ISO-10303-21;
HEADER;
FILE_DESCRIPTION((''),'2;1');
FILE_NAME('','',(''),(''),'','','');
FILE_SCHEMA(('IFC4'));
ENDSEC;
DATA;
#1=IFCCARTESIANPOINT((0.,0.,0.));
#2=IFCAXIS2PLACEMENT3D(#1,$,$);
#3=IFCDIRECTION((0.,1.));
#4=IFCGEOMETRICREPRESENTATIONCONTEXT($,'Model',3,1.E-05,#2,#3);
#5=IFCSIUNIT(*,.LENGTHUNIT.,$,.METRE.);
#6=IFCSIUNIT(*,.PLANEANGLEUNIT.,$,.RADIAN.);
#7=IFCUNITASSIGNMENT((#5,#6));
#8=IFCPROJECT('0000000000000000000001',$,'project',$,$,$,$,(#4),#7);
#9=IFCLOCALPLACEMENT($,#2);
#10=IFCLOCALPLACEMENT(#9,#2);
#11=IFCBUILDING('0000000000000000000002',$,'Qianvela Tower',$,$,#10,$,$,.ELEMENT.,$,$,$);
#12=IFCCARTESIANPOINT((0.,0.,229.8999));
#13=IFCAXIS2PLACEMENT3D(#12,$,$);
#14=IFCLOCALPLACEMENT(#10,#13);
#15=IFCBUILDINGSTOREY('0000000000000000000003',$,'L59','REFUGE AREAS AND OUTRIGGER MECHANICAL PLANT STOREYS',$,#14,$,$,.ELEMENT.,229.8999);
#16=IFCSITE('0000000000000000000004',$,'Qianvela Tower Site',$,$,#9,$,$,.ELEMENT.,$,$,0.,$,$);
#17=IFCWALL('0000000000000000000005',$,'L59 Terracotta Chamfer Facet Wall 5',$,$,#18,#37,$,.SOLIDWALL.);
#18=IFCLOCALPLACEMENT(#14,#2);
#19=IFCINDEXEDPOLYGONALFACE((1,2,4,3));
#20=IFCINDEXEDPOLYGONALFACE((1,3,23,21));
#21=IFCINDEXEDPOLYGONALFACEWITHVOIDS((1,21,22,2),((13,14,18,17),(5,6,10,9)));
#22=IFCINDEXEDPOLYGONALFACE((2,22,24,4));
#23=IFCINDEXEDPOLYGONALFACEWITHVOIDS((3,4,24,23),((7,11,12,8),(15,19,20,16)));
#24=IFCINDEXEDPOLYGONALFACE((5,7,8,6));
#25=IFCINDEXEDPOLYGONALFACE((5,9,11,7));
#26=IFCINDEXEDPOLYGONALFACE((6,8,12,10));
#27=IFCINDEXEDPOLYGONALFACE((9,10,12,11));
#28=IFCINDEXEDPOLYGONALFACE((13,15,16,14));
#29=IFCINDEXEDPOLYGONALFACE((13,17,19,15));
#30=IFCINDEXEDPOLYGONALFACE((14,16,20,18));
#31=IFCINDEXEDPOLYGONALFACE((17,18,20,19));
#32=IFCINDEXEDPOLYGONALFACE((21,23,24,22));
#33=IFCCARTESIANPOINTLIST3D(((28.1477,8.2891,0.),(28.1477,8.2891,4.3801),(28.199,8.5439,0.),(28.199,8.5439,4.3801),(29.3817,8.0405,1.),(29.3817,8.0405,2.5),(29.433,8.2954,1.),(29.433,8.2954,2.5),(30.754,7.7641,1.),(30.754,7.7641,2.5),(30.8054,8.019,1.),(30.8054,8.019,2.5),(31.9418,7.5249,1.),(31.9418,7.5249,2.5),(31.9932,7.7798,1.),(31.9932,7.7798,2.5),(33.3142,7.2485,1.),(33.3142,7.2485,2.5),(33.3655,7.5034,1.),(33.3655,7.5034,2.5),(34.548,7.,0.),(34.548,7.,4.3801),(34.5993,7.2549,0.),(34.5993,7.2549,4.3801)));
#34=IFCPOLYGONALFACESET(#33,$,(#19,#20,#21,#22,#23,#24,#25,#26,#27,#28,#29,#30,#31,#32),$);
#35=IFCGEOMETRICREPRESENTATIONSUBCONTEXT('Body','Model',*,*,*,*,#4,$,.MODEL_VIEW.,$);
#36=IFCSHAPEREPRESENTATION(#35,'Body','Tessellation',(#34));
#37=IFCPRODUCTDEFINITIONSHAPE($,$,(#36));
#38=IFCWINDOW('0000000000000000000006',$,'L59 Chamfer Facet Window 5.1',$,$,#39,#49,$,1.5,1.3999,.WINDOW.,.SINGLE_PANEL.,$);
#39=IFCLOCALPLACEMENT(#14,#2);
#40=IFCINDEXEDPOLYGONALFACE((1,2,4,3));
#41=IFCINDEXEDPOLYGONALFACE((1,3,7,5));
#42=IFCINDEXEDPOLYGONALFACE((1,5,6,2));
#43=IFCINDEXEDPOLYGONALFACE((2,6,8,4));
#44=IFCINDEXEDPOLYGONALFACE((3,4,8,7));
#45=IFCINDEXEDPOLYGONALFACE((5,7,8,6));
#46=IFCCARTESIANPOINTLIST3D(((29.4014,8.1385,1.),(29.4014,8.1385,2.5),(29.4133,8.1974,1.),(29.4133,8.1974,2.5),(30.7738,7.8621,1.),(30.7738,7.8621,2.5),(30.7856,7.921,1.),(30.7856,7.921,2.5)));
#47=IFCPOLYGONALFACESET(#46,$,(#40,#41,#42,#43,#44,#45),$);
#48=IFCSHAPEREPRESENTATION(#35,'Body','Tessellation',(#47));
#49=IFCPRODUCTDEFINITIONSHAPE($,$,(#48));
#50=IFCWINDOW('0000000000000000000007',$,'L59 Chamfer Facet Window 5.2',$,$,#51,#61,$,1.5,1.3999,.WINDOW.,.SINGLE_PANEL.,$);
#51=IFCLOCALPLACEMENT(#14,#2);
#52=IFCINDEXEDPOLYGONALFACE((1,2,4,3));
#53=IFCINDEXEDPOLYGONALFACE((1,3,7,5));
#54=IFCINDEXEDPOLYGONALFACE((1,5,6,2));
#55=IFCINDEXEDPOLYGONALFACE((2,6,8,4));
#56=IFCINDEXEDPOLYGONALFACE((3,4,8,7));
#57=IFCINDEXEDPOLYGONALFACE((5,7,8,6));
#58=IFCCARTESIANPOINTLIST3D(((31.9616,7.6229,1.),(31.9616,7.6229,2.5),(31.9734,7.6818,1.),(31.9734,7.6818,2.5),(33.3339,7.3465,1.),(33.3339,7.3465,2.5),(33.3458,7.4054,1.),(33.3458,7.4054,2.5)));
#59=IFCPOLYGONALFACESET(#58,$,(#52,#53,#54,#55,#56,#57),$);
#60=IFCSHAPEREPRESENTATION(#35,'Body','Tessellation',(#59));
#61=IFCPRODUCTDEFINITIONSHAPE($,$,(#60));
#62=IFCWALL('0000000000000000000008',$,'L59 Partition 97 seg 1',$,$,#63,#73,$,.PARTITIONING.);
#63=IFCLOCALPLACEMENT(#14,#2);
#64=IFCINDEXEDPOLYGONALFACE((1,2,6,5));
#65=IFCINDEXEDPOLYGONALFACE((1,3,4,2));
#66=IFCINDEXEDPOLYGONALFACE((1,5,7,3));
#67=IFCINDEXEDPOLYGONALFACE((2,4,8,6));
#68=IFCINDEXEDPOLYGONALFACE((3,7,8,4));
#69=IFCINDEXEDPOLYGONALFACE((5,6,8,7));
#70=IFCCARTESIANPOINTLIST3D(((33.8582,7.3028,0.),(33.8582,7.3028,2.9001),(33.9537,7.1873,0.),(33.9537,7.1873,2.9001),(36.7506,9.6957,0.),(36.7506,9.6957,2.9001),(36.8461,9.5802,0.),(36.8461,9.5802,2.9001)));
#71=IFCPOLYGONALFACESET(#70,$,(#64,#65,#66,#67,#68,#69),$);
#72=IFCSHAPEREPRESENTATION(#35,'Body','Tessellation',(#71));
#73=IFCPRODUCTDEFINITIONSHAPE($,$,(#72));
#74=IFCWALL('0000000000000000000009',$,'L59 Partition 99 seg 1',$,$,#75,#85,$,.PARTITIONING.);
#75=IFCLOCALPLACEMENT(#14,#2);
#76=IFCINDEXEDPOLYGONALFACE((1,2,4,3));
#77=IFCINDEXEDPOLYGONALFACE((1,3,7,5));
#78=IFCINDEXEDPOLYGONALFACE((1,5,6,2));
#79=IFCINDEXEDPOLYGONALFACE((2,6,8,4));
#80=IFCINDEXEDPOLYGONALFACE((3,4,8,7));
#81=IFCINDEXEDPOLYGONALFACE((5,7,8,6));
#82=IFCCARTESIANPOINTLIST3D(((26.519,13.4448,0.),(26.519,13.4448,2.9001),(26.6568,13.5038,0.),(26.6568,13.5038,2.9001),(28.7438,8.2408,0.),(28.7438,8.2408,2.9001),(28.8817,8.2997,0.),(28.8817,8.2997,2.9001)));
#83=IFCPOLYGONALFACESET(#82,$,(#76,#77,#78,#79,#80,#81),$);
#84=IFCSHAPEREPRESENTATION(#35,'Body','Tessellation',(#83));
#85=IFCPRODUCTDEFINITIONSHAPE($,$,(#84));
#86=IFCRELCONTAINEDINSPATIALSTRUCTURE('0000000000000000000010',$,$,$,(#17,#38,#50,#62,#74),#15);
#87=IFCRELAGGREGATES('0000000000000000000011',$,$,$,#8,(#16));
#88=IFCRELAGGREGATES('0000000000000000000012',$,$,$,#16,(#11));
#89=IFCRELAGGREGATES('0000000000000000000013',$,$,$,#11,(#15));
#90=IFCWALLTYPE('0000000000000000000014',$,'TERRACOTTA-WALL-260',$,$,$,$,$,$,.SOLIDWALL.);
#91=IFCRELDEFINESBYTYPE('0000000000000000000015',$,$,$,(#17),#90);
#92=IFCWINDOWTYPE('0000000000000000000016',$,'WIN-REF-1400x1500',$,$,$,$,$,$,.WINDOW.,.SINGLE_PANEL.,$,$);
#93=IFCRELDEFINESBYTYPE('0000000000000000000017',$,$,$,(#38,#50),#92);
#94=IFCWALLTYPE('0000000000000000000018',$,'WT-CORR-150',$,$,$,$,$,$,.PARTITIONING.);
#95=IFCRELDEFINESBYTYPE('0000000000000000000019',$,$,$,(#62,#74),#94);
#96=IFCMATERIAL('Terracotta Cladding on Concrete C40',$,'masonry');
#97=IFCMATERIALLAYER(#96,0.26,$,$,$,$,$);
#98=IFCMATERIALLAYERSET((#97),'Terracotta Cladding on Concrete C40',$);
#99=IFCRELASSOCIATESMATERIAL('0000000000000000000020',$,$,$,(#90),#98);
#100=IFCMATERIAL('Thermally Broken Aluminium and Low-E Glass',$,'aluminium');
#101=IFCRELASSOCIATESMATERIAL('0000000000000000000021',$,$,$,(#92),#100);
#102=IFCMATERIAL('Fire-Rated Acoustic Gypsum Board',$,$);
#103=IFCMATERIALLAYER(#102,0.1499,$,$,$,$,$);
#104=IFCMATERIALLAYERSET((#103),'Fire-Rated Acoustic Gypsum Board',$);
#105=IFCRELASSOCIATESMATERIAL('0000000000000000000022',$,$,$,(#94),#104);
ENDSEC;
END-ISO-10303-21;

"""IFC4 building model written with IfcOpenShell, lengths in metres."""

from ifc_helpers import new_model, si_unit, direction, frame, frame_2d, origin, place, context, subcontext, project, spatial, rectangle, extrude, material, layer, layer_set, type_object, element, fill, save


model = new_model("IFC4")

# Units and contexts
model_context = context("Model", 3, precision=1e-05, world=origin(), true_north=direction((0.0, 1.0)))
body_context = subcontext(model_context, "Body", "Model", "MODEL_VIEW")
ifc_project = project(units=[si_unit("LENGTHUNIT", "METRE"), si_unit("PLANEANGLEUNIT", "RADIAN")], contexts=[model_context])

# Site, building, storey
site_placement = place(None, origin())
site = spatial("IfcSite", under=ifc_project, at=site_placement, Name="Qianvela Tower Site", CompositionType="ELEMENT", RefElevation=0.0)
building_placement = place(site_placement, origin())
building = spatial("IfcBuilding", under=site, at=building_placement, Name="Qianvela Tower", CompositionType="ELEMENT")
storey_placement = place(building_placement, frame((0.0, 0.0, 229.8999)))
storey = spatial("IfcBuildingStorey", under=building, at=storey_placement, Name="L59", Description="REFUGE AREAS AND OUTRIGGER MECHANICAL PLANT STOREYS", CompositionType="ELEMENT", Elevation=229.8999)

# Wall, openings, windows
ifc_material_1 = material(Name="Terracotta Cladding on Concrete C40", Category="masonry")
ifc_layer_1 = layer(ifc_material_1, 0.26)
ifc_layer_set_1 = layer_set([ifc_layer_1], Name="Terracotta Cladding on Concrete C40")
wall_type_1 = type_object("IfcWallType", Name="TERRACOTTA-WALL-260", PredefinedType="SOLIDWALL", material=ifc_layer_set_1)
wall_1_placement = place(storey_placement, frame((28.1733, 8.4165, 0.0), z_axis=(0.0, 0.0, 1.0), x_axis=(0.980315, -0.197439, 0.0)))
wall_1 = element("IfcWall", 1, at=wall_1_placement, inside=storey, type_object=wall_type_1, Name="L59 Terracotta Chamfer Facet Wall 5", PredefinedType="SOLIDWALL", context=body_context, shape_type="SweptSolid", body=[
    extrude(rectangle(XDim=6.5288, YDim=0.26, at=frame_2d((3.2644, 0.0))), origin(), (0.0, 0.0, 1.0), 4.3801),
])
opening_1_placement = place(wall_1_placement, frame((1.2588, 0.0, 1.0)))
opening_1 = element("IfcOpeningElement", 2, at=opening_1_placement, cuts=wall_1, PredefinedType="OPENING", context=body_context, shape_type="SweptSolid", body=[
    extrude(rectangle(XDim=1.3999, YDim=1.5, at=frame_2d((0.7, 0.75))), frame((0.0, 0.1399, 0.0), z_axis=(0.0, -1.0, 0.0), x_axis=(1.0, 0.0, 0.0)), (0.0, 0.0, 1.0), 0.28),
])
opening_2_placement = place(wall_1_placement, frame((3.8704, 0.0, 1.0)))
opening_2 = element("IfcOpeningElement", 3, at=opening_2_placement, cuts=wall_1, PredefinedType="OPENING", context=body_context, shape_type="SweptSolid", body=[
    extrude(rectangle(XDim=1.3999, YDim=1.5, at=frame_2d((0.7, 0.75))), frame((0.0, 0.1399, 0.0), z_axis=(0.0, -1.0, 0.0), x_axis=(1.0, 0.0, 0.0)), (0.0, 0.0, 1.0), 0.28),
])
ifc_material_2 = material(Name="Thermally Broken Aluminium and Low-E Glass", Category="aluminium")
window_type = type_object("IfcWindowType", Name="WIN-REF-1400x1500", PartitioningType="SINGLE_PANEL", PredefinedType="WINDOW", material=ifc_material_2)
window_1_placement = place(opening_1_placement, origin())
window_1 = element("IfcWindow", 4, at=window_1_placement, inside=storey, type_object=window_type, Name="L59 Chamfer Facet Window 5.1", OverallHeight=1.5, OverallWidth=1.3999, PartitioningType="SINGLE_PANEL", PredefinedType="WINDOW", context=body_context, shape_type="SweptSolid", body=[
    extrude(rectangle(XDim=1.3999, YDim=1.5, at=frame_2d((0.7, 0.75))), frame((0.0, 0.03, 0.0), z_axis=(0.0, -1.0, 0.0), x_axis=(1.0, 0.0, 0.0)), (0.0, 0.0, 1.0), 0.0601),
])
fill(opening_1, window_1)
window_2_placement = place(opening_2_placement, origin())
window_2 = element("IfcWindow", 5, at=window_2_placement, inside=storey, type_object=window_type, Name="L59 Chamfer Facet Window 5.2", OverallHeight=1.5, OverallWidth=1.3999, PartitioningType="SINGLE_PANEL", PredefinedType="WINDOW", context=body_context, shape_type="SweptSolid", body=[
    extrude(rectangle(XDim=1.3999, YDim=1.5, at=frame_2d((0.7, 0.75))), frame((0.0, 0.03, 0.0), z_axis=(0.0, -1.0, 0.0), x_axis=(1.0, 0.0, 0.0)), (0.0, 0.0, 1.0), 0.0601),
])
fill(opening_2, window_2)

# Walls
ifc_material_3 = material(Name="Fire-Rated Acoustic Gypsum Board")
ifc_layer_2 = layer(ifc_material_3, 0.1499)
ifc_layer_set_2 = layer_set([ifc_layer_2], Name="Fire-Rated Acoustic Gypsum Board")
wall_type_2 = type_object("IfcWallType", Name="WT-CORR-150", PredefinedType="PARTITIONING", material=ifc_layer_set_2)
wall_2_placement = place(storey_placement, frame((36.7983, 9.6379, 0.0), z_axis=(0.0, 0.0, 1.0), x_axis=(-0.770503, -0.637436, 0.0)))
element("IfcWall", 6, at=wall_2_placement, inside=storey, type_object=wall_type_2, Name="L59 Partition 97 seg 1", PredefinedType="PARTITIONING", context=body_context, shape_type="SweptSolid", body=[
    extrude(rectangle(XDim=3.7539, YDim=0.1499, at=frame_2d((1.877, 0.0))), origin(), (0.0, 0.0, 1.0), 2.9001),
])
wall_3_placement = place(storey_placement, frame((28.8127, 8.2703, 0.0), z_axis=(0.0, 0.0, 1.0), x_axis=(-0.393102, 0.919495, 0.0)))
element("IfcWall", 7, at=wall_3_placement, inside=storey, type_object=wall_type_2, Name="L59 Partition 99 seg 1", PredefinedType="PARTITIONING", context=body_context, shape_type="SweptSolid", body=[
    extrude(rectangle(XDim=5.6597, YDim=0.1499, at=frame_2d((2.8298, 0.0))), origin(), (0.0, 0.0, 1.0), 2.9001),
])

save(model, "model.ifc")
